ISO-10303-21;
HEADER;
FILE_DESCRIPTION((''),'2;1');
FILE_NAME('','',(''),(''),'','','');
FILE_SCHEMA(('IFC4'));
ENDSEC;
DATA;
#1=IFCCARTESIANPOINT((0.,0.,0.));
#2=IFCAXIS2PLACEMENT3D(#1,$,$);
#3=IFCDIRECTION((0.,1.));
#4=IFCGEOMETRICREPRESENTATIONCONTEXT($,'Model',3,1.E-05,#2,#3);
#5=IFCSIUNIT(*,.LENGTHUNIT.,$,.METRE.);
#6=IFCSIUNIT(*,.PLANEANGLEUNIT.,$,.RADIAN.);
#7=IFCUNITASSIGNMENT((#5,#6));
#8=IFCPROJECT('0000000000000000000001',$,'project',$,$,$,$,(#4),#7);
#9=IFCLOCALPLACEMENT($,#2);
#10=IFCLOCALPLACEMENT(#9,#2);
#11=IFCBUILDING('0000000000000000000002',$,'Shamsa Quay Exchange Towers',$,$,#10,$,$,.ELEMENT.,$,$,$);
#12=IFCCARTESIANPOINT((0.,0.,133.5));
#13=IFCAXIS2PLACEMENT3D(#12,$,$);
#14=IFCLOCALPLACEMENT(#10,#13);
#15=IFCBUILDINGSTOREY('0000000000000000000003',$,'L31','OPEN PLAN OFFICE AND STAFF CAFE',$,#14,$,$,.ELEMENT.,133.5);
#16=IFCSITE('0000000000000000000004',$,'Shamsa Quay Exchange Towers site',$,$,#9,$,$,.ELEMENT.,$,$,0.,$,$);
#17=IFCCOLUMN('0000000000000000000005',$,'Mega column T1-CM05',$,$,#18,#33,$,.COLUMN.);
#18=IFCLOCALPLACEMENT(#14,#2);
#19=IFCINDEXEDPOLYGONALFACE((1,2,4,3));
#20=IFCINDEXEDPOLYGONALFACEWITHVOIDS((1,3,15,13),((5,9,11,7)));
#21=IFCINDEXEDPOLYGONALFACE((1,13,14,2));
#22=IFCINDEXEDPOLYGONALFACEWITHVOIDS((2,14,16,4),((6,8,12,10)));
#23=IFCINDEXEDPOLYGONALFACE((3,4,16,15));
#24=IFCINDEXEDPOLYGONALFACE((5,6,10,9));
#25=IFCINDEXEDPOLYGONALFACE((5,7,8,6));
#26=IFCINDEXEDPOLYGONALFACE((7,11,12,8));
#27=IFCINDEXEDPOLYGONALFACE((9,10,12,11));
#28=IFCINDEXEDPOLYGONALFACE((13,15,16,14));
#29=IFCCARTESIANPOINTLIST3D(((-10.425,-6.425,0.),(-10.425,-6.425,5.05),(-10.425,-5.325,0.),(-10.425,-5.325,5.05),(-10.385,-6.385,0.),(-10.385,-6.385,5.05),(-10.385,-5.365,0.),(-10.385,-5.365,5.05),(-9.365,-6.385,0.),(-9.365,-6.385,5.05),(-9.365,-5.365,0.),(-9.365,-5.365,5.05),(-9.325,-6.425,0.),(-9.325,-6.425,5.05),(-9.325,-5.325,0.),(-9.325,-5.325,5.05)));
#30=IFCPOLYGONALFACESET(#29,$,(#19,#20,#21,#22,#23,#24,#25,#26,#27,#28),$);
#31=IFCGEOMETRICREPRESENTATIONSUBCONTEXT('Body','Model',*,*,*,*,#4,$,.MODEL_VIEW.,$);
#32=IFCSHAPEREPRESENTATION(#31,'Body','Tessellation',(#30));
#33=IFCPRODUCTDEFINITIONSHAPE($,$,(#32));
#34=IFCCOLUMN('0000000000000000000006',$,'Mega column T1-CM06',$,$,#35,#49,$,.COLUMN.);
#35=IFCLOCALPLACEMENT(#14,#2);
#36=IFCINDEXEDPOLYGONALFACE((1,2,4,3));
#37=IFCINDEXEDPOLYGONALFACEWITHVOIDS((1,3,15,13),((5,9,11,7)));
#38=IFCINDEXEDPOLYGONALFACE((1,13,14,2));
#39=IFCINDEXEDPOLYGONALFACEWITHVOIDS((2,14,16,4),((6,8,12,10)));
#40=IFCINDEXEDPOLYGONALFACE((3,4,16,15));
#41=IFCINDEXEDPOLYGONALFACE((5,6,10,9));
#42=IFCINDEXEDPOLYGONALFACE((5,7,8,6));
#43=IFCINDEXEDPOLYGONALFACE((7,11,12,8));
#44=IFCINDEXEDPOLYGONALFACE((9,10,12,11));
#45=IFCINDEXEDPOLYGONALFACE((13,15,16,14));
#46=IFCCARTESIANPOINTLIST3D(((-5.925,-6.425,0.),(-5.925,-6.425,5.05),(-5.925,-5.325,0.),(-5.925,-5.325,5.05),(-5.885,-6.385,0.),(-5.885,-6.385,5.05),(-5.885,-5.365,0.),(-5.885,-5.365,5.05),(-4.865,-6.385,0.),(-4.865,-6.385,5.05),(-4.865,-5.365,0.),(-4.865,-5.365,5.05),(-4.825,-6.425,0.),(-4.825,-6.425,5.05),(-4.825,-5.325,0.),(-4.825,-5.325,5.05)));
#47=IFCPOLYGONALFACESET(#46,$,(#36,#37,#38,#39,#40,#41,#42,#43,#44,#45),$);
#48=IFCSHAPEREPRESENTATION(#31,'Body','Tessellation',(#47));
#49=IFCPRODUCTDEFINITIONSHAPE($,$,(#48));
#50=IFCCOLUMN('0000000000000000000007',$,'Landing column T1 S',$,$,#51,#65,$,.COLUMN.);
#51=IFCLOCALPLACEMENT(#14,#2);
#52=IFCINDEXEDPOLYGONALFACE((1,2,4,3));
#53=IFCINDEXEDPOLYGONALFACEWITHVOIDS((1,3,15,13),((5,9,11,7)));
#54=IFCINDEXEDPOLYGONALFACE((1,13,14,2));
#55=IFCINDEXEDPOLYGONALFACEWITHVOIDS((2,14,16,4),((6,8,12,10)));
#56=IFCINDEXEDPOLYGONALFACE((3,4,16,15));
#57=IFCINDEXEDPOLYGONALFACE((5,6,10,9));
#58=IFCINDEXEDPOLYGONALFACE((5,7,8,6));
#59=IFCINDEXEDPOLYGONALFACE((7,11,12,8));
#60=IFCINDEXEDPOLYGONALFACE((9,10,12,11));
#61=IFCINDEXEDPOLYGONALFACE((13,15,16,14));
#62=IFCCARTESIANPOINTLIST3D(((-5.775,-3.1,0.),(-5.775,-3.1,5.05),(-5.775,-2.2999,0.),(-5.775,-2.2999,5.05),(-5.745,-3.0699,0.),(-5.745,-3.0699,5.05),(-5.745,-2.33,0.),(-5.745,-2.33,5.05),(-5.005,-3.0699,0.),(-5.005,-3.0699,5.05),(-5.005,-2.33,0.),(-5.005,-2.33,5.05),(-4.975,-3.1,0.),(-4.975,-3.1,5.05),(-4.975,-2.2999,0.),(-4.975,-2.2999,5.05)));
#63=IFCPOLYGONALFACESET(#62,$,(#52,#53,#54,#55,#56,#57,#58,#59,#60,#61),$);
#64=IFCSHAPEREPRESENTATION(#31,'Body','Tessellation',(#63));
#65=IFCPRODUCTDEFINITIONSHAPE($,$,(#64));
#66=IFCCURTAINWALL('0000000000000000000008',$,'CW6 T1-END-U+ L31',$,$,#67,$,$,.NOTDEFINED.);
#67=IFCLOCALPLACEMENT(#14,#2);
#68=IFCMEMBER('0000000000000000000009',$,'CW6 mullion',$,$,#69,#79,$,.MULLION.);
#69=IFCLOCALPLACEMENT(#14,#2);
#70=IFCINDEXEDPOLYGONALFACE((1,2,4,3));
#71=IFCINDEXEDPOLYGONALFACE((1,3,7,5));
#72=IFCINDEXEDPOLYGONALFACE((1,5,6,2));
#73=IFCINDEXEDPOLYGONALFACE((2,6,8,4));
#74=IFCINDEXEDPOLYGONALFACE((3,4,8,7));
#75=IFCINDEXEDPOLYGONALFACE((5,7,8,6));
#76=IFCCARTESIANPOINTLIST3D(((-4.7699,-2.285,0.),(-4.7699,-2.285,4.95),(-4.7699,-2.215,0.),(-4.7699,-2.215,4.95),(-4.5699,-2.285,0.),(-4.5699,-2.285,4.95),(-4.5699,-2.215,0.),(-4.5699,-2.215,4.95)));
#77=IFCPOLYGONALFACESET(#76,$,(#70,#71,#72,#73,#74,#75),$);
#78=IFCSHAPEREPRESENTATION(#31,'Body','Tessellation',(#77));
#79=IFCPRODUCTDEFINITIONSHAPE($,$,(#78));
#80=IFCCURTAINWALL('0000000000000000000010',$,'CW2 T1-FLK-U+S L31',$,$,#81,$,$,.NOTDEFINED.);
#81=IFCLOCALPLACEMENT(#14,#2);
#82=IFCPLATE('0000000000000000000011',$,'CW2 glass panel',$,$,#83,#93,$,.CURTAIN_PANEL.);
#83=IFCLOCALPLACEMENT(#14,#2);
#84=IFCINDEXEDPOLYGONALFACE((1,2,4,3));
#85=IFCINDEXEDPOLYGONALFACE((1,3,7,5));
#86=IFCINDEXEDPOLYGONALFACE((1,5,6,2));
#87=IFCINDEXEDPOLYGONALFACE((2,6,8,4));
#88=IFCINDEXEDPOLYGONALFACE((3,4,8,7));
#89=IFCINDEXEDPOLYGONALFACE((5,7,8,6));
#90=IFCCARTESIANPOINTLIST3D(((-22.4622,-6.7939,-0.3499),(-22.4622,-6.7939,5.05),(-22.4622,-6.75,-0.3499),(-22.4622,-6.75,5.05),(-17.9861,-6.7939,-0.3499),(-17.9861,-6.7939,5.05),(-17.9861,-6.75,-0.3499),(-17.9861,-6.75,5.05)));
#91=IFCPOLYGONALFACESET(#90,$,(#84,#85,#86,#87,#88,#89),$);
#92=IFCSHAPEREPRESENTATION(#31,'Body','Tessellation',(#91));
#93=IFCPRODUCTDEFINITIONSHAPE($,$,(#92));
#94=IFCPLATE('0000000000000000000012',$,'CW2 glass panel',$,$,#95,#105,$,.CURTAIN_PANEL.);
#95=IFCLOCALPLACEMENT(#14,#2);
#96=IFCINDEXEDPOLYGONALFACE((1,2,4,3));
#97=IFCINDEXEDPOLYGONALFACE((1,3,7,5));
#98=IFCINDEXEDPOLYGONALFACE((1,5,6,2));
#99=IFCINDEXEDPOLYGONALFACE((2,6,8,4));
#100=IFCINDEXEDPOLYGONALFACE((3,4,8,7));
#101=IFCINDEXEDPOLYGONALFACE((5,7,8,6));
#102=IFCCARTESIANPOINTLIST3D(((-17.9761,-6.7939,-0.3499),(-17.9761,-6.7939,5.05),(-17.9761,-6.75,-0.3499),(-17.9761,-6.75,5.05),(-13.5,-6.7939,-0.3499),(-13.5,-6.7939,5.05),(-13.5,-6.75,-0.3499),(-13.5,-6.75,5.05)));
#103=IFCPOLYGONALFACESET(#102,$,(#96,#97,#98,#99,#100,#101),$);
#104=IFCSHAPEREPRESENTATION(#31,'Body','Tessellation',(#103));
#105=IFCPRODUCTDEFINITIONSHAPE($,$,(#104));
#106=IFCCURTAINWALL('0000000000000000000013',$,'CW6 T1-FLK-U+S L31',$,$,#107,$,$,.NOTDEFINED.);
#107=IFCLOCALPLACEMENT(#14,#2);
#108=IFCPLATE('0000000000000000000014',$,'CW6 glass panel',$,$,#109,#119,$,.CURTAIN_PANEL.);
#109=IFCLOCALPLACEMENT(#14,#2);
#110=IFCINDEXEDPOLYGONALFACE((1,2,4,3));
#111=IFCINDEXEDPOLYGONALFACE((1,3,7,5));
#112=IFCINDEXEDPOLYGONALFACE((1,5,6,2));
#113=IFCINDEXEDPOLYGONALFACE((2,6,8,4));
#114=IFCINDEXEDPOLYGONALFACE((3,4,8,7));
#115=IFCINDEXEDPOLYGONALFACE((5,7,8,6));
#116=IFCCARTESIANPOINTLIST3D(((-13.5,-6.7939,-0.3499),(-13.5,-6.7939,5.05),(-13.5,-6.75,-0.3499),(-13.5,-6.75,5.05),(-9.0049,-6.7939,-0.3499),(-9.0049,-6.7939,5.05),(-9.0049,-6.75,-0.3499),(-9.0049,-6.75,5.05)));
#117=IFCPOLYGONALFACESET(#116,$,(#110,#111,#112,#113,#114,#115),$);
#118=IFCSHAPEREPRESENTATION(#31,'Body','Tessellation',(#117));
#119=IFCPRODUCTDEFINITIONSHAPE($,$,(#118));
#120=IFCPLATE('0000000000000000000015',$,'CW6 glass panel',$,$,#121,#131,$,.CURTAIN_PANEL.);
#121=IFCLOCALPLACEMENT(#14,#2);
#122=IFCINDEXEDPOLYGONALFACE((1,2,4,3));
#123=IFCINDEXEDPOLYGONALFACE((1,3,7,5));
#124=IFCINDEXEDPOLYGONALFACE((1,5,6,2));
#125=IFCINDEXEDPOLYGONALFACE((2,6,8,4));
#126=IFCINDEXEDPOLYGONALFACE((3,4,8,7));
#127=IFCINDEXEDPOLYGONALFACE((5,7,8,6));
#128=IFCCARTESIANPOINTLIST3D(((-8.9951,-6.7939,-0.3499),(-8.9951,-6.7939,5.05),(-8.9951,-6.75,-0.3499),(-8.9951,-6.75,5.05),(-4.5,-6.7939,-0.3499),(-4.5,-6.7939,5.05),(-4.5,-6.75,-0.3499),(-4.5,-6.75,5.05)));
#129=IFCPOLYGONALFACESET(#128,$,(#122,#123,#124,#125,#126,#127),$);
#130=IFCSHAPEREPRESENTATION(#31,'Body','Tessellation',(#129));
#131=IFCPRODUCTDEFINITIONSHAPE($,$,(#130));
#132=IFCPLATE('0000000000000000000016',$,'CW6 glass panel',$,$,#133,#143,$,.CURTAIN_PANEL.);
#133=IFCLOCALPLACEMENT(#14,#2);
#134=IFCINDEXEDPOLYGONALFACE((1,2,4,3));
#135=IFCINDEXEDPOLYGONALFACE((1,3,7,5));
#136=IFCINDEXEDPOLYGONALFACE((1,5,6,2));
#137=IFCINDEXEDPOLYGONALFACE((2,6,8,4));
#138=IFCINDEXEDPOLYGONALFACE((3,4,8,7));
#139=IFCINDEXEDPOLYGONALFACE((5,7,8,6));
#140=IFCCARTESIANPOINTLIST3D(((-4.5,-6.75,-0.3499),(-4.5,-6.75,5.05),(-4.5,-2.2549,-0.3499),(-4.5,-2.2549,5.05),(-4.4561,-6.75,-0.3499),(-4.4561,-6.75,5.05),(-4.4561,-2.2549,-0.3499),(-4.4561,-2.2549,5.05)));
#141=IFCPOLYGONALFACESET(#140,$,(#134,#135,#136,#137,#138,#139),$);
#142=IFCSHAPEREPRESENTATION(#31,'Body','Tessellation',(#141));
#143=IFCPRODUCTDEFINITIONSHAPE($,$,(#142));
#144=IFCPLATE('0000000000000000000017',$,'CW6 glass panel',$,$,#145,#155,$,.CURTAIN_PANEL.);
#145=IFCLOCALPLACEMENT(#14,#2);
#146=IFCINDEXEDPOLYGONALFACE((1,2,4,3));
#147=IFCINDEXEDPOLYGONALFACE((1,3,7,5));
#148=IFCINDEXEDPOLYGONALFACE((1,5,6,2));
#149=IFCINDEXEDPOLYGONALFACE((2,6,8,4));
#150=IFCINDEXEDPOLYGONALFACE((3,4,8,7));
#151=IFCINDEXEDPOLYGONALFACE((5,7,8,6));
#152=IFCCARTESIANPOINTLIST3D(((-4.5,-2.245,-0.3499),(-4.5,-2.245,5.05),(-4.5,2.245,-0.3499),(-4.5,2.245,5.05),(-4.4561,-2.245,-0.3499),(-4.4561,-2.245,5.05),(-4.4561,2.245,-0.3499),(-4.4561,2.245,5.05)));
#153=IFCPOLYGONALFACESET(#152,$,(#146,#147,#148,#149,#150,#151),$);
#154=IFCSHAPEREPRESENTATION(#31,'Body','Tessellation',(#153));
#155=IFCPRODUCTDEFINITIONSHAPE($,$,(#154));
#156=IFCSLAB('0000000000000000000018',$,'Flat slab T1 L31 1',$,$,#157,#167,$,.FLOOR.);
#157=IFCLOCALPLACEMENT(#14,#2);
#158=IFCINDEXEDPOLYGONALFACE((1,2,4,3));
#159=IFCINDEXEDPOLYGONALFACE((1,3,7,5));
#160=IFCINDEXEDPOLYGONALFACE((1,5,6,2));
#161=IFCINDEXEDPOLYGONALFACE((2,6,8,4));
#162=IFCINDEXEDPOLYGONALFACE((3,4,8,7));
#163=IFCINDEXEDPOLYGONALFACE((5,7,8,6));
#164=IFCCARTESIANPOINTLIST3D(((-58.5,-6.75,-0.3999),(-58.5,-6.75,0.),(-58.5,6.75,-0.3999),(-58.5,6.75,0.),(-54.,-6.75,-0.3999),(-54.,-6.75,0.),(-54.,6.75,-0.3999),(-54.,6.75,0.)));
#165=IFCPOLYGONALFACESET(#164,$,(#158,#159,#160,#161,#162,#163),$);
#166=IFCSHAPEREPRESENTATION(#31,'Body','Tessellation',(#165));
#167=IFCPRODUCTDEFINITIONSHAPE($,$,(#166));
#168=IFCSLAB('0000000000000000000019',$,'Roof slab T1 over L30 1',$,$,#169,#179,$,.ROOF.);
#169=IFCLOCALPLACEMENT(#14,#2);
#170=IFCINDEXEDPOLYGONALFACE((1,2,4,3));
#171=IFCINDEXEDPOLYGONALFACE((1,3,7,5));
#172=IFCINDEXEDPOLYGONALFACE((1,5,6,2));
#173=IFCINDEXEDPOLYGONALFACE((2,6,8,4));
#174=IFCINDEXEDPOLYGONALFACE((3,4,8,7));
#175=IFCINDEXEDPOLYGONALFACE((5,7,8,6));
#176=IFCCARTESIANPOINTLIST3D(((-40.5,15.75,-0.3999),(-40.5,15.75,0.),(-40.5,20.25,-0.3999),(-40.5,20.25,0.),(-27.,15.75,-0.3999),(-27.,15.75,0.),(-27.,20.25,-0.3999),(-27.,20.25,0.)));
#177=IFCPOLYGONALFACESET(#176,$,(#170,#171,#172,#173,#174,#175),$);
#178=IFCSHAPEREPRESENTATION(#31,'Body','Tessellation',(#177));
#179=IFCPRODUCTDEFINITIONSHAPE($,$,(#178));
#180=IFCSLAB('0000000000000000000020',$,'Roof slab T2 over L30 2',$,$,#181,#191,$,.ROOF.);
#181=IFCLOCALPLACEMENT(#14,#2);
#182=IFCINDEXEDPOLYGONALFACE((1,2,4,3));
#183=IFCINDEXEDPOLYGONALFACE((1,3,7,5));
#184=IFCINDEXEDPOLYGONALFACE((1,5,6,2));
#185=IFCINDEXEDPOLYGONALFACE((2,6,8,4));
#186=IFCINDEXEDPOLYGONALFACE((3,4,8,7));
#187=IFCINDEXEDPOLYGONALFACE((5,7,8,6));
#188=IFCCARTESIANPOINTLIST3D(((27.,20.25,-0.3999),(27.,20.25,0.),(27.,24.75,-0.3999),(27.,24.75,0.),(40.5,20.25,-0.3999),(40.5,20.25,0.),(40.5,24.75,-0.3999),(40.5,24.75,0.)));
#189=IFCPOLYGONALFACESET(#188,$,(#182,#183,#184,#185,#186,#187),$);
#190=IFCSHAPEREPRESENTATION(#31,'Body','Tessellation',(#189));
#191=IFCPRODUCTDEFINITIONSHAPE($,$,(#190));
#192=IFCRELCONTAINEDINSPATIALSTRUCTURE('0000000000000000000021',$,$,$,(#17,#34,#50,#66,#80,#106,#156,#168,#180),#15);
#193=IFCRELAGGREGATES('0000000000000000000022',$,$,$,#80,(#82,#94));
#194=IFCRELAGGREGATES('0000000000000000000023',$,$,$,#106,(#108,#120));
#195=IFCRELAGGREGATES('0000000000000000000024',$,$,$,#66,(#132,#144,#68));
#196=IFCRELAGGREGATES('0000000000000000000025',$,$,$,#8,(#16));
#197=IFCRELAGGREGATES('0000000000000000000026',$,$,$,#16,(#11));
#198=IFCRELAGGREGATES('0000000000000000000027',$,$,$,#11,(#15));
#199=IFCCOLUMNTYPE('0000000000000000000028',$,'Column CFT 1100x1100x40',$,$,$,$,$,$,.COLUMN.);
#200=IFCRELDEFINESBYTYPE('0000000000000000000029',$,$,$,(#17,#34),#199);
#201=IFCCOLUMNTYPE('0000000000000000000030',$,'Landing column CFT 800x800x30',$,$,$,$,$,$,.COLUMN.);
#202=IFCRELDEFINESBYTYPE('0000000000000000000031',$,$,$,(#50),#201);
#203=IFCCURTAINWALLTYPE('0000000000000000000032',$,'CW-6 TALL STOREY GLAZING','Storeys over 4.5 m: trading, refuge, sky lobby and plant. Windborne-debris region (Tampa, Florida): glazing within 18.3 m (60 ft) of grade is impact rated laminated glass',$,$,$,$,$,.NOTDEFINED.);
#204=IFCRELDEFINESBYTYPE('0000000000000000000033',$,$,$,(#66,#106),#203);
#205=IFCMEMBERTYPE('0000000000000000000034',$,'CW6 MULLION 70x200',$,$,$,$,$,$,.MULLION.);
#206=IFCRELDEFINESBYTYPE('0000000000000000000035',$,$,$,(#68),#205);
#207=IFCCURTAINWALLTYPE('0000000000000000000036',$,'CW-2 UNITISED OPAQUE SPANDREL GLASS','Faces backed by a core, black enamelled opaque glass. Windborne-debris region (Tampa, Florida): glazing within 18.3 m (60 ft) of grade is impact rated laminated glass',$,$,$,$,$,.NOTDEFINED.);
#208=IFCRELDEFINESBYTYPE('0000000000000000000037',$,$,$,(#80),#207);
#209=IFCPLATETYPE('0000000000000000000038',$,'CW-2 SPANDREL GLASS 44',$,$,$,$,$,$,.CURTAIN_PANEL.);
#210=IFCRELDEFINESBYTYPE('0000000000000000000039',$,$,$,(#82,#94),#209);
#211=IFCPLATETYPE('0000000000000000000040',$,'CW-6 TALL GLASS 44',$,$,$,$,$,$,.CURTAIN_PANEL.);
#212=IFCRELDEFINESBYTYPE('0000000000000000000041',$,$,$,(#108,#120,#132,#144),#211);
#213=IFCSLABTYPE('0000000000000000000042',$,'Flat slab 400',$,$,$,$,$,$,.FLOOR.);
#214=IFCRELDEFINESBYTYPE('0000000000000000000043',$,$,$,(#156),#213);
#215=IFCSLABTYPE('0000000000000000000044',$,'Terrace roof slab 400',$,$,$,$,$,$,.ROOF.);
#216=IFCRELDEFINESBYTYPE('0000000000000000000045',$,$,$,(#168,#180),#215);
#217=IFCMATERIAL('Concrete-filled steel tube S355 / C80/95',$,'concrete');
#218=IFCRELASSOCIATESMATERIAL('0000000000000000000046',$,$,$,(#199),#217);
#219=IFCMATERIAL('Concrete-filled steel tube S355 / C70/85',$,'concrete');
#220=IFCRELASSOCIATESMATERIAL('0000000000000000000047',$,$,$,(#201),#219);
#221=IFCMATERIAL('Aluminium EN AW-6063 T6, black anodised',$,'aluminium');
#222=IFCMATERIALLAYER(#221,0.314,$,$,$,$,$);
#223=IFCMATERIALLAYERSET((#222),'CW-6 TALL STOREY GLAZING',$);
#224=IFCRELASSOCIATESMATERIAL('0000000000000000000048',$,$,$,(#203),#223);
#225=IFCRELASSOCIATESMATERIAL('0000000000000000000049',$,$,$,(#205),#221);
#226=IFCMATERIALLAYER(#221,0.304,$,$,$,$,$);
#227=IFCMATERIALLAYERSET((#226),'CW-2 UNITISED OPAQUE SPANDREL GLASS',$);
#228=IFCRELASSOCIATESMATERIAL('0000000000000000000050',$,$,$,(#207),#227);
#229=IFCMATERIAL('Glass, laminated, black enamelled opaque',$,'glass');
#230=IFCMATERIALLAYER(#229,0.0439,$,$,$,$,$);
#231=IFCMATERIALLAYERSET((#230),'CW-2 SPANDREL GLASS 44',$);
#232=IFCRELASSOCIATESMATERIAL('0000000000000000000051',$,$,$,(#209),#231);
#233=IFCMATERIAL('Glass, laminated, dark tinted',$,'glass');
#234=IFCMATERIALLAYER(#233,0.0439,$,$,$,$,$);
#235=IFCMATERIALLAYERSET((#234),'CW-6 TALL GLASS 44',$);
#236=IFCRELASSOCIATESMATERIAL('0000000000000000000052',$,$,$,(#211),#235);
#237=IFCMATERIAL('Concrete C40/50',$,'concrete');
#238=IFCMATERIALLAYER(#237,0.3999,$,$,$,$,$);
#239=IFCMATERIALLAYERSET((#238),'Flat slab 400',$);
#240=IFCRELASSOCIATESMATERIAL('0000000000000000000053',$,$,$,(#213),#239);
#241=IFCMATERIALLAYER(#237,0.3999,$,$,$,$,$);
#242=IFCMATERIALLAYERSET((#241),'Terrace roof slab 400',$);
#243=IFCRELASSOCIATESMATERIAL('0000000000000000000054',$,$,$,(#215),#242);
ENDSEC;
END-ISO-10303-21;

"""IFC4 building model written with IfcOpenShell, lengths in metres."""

from ifc_helpers import new_model, si_unit, direction, frame, origin, origin_2d, place, context, subcontext, project, spatial, polyline, rectangle, hollow_rectangle, outline, extrude, material, layer, layer_set, material_profile, profile_set, type_object, element, aggregate, save


model = new_model("IFC4")

# Units and contexts
model_context = context("Model", 3, precision=1e-05, world=origin(), true_north=direction((0.0, 1.0)))
body_context = subcontext(model_context, "Body", "Model", "MODEL_VIEW")
ifc_project = project(units=[si_unit("LENGTHUNIT", "METRE"), si_unit("PLANEANGLEUNIT", "RADIAN")], contexts=[model_context])

# Site, building, storey
site_placement = place(None, origin())
site = spatial("IfcSite", under=ifc_project, at=site_placement, Name="Shamsa Quay Exchange Towers site", CompositionType="ELEMENT", RefElevation=0.0)
building_placement = place(site_placement, origin())
building = spatial("IfcBuilding", under=site, at=building_placement, Name="Shamsa Quay Exchange Towers", CompositionType="ELEMENT")
storey_placement = place(building_placement, frame((0.0, 0.0, 133.5)))
storey = spatial("IfcBuildingStorey", under=building, at=storey_placement, Name="L31", Description="OPEN PLAN OFFICE AND STAFF CAFE", CompositionType="ELEMENT", Elevation=133.5)

# Columns
ifc_material_1 = material(Name="Concrete-filled steel tube S355 / C80/95", Category="concrete")
ifc_material_profile_1 = material_profile(ifc_material_1, hollow_rectangle(XDim=1.1001, YDim=1.1001, WallThickness=0.04, at=origin_2d()), Name="CFT 1100x1100x40")
ifc_profile_set_1 = profile_set([ifc_material_profile_1], Name="Concrete-filled steel tube S355 / C80/95")
column_type_1 = type_object("IfcColumnType", Name="Column CFT 1100x1100x40", PredefinedType="COLUMN", material=ifc_profile_set_1)
for number, where, name in (
    (1, (-9.875, -5.875, 0.0), "Mega column T1-CM05"),
    (2, (-5.375, -5.875, 0.0), "Mega column T1-CM06"),
):
    element("IfcColumn", number, at=place(storey_placement, frame(where)), inside=storey, type_object=column_type_1, Name=name, PredefinedType="COLUMN", context=body_context, shape_type="SweptSolid", body=[
        extrude(hollow_rectangle(XDim=1.1001, YDim=1.1001, WallThickness=0.04, at=origin_2d()), origin(), (0.0, 0.0, 1.0), 5.05),
    ])
ifc_material_2 = material(Name="Concrete-filled steel tube S355 / C70/85", Category="concrete")
ifc_material_profile_2 = material_profile(ifc_material_2, hollow_rectangle(XDim=0.8, YDim=0.8, WallThickness=0.03, at=origin_2d()), Name="CFT 800x800x30")
ifc_profile_set_2 = profile_set([ifc_material_profile_2], Name="Concrete-filled steel tube S355 / C70/85")
column_type_2 = type_object("IfcColumnType", Name="Landing column CFT 800x800x30", PredefinedType="COLUMN", material=ifc_profile_set_2)
column_placement = place(storey_placement, frame((-5.375, -2.7, 0.0)))
element("IfcColumn", 3, at=column_placement, inside=storey, type_object=column_type_2, Name="Landing column T1 S", PredefinedType="COLUMN", context=body_context, shape_type="SweptSolid", body=[
    extrude(hollow_rectangle(XDim=0.8, YDim=0.8, WallThickness=0.03, at=origin_2d()), origin(), (0.0, 0.0, 1.0), 5.05),
])

# Curtain wall, member
ifc_material_3 = material(Name="Aluminium EN AW-6063 T6, black anodised", Category="aluminium")
ifc_layer_1 = layer(ifc_material_3, 0.314)
ifc_layer_set_1 = layer_set([ifc_layer_1], Name="CW-6 TALL STOREY GLAZING")
curtain_wall_type_1 = type_object("IfcCurtainWallType", Name="CW-6 TALL STOREY GLAZING", Description="Storeys over 4.5 m: trading, refuge, sky lobby and plant. Windborne-debris region (Tampa, Florida): glazing within 18.3 m (60 ft) of grade is impact rated laminated glass", PredefinedType="NOTDEFINED", material=ifc_layer_set_1)
curtain_wall_1_placement = place(storey_placement, origin())
curtain_wall_1 = element("IfcCurtainWall", 4, at=curtain_wall_1_placement, inside=storey, type_object=curtain_wall_type_1, Name="CW6 T1-END-U+ L31", PredefinedType="NOTDEFINED")
ifc_material_profile_3 = material_profile(ifc_material_3, rectangle(XDim=0.2, YDim=0.0701, at=origin_2d()), Name="MU70x200")
ifc_profile_set_3 = profile_set([ifc_material_profile_3], Name="Aluminium EN AW-6063 T6, black anodised")
member_type = type_object("IfcMemberType", Name="CW6 MULLION 70x200", PredefinedType="MULLION", material=ifc_profile_set_3)
member_placement = place(storey_placement, frame((-4.6699, -2.25, 0.0), z_axis=(0.0, 0.0, 1.0), x_axis=(-1.0, 0.0, 0.0)))
member = element("IfcMember", 5, at=member_placement, type_object=member_type, Name="CW6 mullion", PredefinedType="MULLION", context=body_context, shape_type="SweptSolid", body=[
    extrude(rectangle(XDim=0.2, YDim=0.0701, at=origin_2d()), origin(), (0.0, 0.0, 1.0), 4.95),
])

# Curtain walls, plates
ifc_layer_2 = layer(ifc_material_3, 0.304)
ifc_layer_set_2 = layer_set([ifc_layer_2], Name="CW-2 UNITISED OPAQUE SPANDREL GLASS")
curtain_wall_type_2 = type_object("IfcCurtainWallType", Name="CW-2 UNITISED OPAQUE SPANDREL GLASS", Description="Faces backed by a core, black enamelled opaque glass. Windborne-debris region (Tampa, Florida): glazing within 18.3 m (60 ft) of grade is impact rated laminated glass", PredefinedType="NOTDEFINED", material=ifc_layer_set_2)
curtain_wall_2_placement = place(storey_placement, origin())
curtain_wall_2 = element("IfcCurtainWall", 6, at=curtain_wall_2_placement, inside=storey, type_object=curtain_wall_type_2, Name="CW2 T1-FLK-U+S L31", PredefinedType="NOTDEFINED")
ifc_material_4 = material(Name="Glass, laminated, black enamelled opaque", Category="glass")
ifc_layer_3 = layer(ifc_material_4, 0.0439)
ifc_layer_set_3 = layer_set([ifc_layer_3], Name="CW-2 SPANDREL GLASS 44")
plate_type_1 = type_object("IfcPlateType", Name="CW-2 SPANDREL GLASS 44", PredefinedType="CURTAIN_PANEL", material=ifc_layer_set_3)
plate_1_placement = place(storey_placement, frame((-20.2241, -6.772, -0.3499)))
plate_1 = element("IfcPlate", 7, at=plate_1_placement, type_object=plate_type_1, Name="CW2 glass panel", PredefinedType="CURTAIN_PANEL", context=body_context, shape_type="SweptSolid", body=[
    extrude(rectangle(XDim=4.4761, YDim=0.0439, at=origin_2d()), origin(), (0.0, 0.0, 1.0), 5.3999),
])
plate_2_placement = place(storey_placement, frame((-15.738, -6.772, -0.3499)))
plate_2 = element("IfcPlate", 8, at=plate_2_placement, type_object=plate_type_1, Name="CW2 glass panel", PredefinedType="CURTAIN_PANEL", context=body_context, shape_type="SweptSolid", body=[
    extrude(rectangle(XDim=4.4761, YDim=0.0439, at=origin_2d()), origin(), (0.0, 0.0, 1.0), 5.3999),
])
aggregate(curtain_wall_2, [plate_1, plate_2])
curtain_wall_3_placement = place(storey_placement, origin())
curtain_wall_3 = element("IfcCurtainWall", 9, at=curtain_wall_3_placement, inside=storey, type_object=curtain_wall_type_1, Name="CW6 T1-FLK-U+S L31", PredefinedType="NOTDEFINED")
ifc_material_5 = material(Name="Glass, laminated, dark tinted", Category="glass")
ifc_layer_4 = layer(ifc_material_5, 0.0439)
ifc_layer_set_4 = layer_set([ifc_layer_4], Name="CW-6 TALL GLASS 44")
plate_type_2 = type_object("IfcPlateType", Name="CW-6 TALL GLASS 44", PredefinedType="CURTAIN_PANEL", material=ifc_layer_set_4)
plate_3_placement = place(storey_placement, frame((-11.2524, -6.772, -0.3499)))
plate_3 = element("IfcPlate", 10, at=plate_3_placement, type_object=plate_type_2, Name="CW6 glass panel", PredefinedType="CURTAIN_PANEL", context=body_context, shape_type="SweptSolid", body=[
    extrude(rectangle(XDim=4.4951, YDim=0.0439, at=origin_2d()), origin(), (0.0, 0.0, 1.0), 5.3999),
])
plate_4_placement = place(storey_placement, frame((-6.7476, -6.772, -0.3499)))
plate_4 = element("IfcPlate", 11, at=plate_4_placement, type_object=plate_type_2, Name="CW6 glass panel", PredefinedType="CURTAIN_PANEL", context=body_context, shape_type="SweptSolid", body=[
    extrude(rectangle(XDim=4.4951, YDim=0.0439, at=origin_2d()), origin(), (0.0, 0.0, 1.0), 5.3999),
])
aggregate(curtain_wall_3, [plate_3, plate_4])

# Plates
plate_5_placement = place(storey_placement, frame((-4.478, -4.5024, -0.3499), z_axis=(0.0, 0.0, 1.0), x_axis=(0.0, 1.0, 0.0)))
plate_5 = element("IfcPlate", 12, at=plate_5_placement, type_object=plate_type_2, Name="CW6 glass panel", PredefinedType="CURTAIN_PANEL", context=body_context, shape_type="SweptSolid", body=[
    extrude(rectangle(XDim=4.4951, YDim=0.0439, at=origin_2d()), origin(), (0.0, 0.0, 1.0), 5.3999),
])
plate_6_placement = place(storey_placement, frame((-4.478, 0.0, -0.3499), z_axis=(0.0, 0.0, 1.0), x_axis=(0.0, 1.0, 0.0)))
plate_6 = element("IfcPlate", 13, at=plate_6_placement, type_object=plate_type_2, Name="CW6 glass panel", PredefinedType="CURTAIN_PANEL", context=body_context, shape_type="SweptSolid", body=[
    extrude(rectangle(XDim=4.49, YDim=0.0439, at=origin_2d()), origin(), (0.0, 0.0, 1.0), 5.3999),
])
aggregate(curtain_wall_1, [plate_5, plate_6, member])

# Slabs
ifc_material_6 = material(Name="Concrete C40/50", Category="concrete")
ifc_layer_5 = layer(ifc_material_6, 0.3999)
ifc_layer_set_5 = layer_set([ifc_layer_5], Name="Flat slab 400")
slab_type_1 = type_object("IfcSlabType", Name="Flat slab 400", PredefinedType="FLOOR", material=ifc_layer_set_5)
slab_1_placement = place(storey_placement, frame((0.0, 0.0, -0.3999)))
element("IfcSlab", 14, at=slab_1_placement, inside=storey, type_object=slab_type_1, Name="Flat slab T1 L31 1", PredefinedType="FLOOR", context=body_context, shape_type="SweptSolid", body=[
    extrude(outline(polyline([(-58.5, -6.75), (-54.0, -6.75), (-54.0, 6.75), (-58.5, 6.75), (-58.5, -6.75)])), origin(), (0.0, 0.0, 1.0), 0.3999),
])
ifc_layer_6 = layer(ifc_material_6, 0.3999)
ifc_layer_set_6 = layer_set([ifc_layer_6], Name="Terrace roof slab 400")
slab_type_2 = type_object("IfcSlabType", Name="Terrace roof slab 400", PredefinedType="ROOF", material=ifc_layer_set_6)
slab_2_placement = place(storey_placement, frame((0.0, 0.0, -0.3999)))
element("IfcSlab", 15, at=slab_2_placement, inside=storey, type_object=slab_type_2, Name="Roof slab T1 over L30 1", PredefinedType="ROOF", context=body_context, shape_type="SweptSolid", body=[
    extrude(outline(polyline([(-40.5, 20.25), (-40.5, 15.75), (-27.0, 15.75), (-27.0, 20.25), (-40.5, 20.25)])), origin(), (0.0, 0.0, 1.0), 0.3999),
])
slab_3_placement = place(storey_placement, frame((0.0, 0.0, -0.3999)))
element("IfcSlab", 16, at=slab_3_placement, inside=storey, type_object=slab_type_2, Name="Roof slab T2 over L30 2", PredefinedType="ROOF", context=body_context, shape_type="SweptSolid", body=[
    extrude(outline(polyline([(27.0, 24.75), (27.0, 20.25), (40.5, 20.25), (40.5, 24.75), (27.0, 24.75)])), origin(), (0.0, 0.0, 1.0), 0.3999),
])

save(model, "model.ifc")
